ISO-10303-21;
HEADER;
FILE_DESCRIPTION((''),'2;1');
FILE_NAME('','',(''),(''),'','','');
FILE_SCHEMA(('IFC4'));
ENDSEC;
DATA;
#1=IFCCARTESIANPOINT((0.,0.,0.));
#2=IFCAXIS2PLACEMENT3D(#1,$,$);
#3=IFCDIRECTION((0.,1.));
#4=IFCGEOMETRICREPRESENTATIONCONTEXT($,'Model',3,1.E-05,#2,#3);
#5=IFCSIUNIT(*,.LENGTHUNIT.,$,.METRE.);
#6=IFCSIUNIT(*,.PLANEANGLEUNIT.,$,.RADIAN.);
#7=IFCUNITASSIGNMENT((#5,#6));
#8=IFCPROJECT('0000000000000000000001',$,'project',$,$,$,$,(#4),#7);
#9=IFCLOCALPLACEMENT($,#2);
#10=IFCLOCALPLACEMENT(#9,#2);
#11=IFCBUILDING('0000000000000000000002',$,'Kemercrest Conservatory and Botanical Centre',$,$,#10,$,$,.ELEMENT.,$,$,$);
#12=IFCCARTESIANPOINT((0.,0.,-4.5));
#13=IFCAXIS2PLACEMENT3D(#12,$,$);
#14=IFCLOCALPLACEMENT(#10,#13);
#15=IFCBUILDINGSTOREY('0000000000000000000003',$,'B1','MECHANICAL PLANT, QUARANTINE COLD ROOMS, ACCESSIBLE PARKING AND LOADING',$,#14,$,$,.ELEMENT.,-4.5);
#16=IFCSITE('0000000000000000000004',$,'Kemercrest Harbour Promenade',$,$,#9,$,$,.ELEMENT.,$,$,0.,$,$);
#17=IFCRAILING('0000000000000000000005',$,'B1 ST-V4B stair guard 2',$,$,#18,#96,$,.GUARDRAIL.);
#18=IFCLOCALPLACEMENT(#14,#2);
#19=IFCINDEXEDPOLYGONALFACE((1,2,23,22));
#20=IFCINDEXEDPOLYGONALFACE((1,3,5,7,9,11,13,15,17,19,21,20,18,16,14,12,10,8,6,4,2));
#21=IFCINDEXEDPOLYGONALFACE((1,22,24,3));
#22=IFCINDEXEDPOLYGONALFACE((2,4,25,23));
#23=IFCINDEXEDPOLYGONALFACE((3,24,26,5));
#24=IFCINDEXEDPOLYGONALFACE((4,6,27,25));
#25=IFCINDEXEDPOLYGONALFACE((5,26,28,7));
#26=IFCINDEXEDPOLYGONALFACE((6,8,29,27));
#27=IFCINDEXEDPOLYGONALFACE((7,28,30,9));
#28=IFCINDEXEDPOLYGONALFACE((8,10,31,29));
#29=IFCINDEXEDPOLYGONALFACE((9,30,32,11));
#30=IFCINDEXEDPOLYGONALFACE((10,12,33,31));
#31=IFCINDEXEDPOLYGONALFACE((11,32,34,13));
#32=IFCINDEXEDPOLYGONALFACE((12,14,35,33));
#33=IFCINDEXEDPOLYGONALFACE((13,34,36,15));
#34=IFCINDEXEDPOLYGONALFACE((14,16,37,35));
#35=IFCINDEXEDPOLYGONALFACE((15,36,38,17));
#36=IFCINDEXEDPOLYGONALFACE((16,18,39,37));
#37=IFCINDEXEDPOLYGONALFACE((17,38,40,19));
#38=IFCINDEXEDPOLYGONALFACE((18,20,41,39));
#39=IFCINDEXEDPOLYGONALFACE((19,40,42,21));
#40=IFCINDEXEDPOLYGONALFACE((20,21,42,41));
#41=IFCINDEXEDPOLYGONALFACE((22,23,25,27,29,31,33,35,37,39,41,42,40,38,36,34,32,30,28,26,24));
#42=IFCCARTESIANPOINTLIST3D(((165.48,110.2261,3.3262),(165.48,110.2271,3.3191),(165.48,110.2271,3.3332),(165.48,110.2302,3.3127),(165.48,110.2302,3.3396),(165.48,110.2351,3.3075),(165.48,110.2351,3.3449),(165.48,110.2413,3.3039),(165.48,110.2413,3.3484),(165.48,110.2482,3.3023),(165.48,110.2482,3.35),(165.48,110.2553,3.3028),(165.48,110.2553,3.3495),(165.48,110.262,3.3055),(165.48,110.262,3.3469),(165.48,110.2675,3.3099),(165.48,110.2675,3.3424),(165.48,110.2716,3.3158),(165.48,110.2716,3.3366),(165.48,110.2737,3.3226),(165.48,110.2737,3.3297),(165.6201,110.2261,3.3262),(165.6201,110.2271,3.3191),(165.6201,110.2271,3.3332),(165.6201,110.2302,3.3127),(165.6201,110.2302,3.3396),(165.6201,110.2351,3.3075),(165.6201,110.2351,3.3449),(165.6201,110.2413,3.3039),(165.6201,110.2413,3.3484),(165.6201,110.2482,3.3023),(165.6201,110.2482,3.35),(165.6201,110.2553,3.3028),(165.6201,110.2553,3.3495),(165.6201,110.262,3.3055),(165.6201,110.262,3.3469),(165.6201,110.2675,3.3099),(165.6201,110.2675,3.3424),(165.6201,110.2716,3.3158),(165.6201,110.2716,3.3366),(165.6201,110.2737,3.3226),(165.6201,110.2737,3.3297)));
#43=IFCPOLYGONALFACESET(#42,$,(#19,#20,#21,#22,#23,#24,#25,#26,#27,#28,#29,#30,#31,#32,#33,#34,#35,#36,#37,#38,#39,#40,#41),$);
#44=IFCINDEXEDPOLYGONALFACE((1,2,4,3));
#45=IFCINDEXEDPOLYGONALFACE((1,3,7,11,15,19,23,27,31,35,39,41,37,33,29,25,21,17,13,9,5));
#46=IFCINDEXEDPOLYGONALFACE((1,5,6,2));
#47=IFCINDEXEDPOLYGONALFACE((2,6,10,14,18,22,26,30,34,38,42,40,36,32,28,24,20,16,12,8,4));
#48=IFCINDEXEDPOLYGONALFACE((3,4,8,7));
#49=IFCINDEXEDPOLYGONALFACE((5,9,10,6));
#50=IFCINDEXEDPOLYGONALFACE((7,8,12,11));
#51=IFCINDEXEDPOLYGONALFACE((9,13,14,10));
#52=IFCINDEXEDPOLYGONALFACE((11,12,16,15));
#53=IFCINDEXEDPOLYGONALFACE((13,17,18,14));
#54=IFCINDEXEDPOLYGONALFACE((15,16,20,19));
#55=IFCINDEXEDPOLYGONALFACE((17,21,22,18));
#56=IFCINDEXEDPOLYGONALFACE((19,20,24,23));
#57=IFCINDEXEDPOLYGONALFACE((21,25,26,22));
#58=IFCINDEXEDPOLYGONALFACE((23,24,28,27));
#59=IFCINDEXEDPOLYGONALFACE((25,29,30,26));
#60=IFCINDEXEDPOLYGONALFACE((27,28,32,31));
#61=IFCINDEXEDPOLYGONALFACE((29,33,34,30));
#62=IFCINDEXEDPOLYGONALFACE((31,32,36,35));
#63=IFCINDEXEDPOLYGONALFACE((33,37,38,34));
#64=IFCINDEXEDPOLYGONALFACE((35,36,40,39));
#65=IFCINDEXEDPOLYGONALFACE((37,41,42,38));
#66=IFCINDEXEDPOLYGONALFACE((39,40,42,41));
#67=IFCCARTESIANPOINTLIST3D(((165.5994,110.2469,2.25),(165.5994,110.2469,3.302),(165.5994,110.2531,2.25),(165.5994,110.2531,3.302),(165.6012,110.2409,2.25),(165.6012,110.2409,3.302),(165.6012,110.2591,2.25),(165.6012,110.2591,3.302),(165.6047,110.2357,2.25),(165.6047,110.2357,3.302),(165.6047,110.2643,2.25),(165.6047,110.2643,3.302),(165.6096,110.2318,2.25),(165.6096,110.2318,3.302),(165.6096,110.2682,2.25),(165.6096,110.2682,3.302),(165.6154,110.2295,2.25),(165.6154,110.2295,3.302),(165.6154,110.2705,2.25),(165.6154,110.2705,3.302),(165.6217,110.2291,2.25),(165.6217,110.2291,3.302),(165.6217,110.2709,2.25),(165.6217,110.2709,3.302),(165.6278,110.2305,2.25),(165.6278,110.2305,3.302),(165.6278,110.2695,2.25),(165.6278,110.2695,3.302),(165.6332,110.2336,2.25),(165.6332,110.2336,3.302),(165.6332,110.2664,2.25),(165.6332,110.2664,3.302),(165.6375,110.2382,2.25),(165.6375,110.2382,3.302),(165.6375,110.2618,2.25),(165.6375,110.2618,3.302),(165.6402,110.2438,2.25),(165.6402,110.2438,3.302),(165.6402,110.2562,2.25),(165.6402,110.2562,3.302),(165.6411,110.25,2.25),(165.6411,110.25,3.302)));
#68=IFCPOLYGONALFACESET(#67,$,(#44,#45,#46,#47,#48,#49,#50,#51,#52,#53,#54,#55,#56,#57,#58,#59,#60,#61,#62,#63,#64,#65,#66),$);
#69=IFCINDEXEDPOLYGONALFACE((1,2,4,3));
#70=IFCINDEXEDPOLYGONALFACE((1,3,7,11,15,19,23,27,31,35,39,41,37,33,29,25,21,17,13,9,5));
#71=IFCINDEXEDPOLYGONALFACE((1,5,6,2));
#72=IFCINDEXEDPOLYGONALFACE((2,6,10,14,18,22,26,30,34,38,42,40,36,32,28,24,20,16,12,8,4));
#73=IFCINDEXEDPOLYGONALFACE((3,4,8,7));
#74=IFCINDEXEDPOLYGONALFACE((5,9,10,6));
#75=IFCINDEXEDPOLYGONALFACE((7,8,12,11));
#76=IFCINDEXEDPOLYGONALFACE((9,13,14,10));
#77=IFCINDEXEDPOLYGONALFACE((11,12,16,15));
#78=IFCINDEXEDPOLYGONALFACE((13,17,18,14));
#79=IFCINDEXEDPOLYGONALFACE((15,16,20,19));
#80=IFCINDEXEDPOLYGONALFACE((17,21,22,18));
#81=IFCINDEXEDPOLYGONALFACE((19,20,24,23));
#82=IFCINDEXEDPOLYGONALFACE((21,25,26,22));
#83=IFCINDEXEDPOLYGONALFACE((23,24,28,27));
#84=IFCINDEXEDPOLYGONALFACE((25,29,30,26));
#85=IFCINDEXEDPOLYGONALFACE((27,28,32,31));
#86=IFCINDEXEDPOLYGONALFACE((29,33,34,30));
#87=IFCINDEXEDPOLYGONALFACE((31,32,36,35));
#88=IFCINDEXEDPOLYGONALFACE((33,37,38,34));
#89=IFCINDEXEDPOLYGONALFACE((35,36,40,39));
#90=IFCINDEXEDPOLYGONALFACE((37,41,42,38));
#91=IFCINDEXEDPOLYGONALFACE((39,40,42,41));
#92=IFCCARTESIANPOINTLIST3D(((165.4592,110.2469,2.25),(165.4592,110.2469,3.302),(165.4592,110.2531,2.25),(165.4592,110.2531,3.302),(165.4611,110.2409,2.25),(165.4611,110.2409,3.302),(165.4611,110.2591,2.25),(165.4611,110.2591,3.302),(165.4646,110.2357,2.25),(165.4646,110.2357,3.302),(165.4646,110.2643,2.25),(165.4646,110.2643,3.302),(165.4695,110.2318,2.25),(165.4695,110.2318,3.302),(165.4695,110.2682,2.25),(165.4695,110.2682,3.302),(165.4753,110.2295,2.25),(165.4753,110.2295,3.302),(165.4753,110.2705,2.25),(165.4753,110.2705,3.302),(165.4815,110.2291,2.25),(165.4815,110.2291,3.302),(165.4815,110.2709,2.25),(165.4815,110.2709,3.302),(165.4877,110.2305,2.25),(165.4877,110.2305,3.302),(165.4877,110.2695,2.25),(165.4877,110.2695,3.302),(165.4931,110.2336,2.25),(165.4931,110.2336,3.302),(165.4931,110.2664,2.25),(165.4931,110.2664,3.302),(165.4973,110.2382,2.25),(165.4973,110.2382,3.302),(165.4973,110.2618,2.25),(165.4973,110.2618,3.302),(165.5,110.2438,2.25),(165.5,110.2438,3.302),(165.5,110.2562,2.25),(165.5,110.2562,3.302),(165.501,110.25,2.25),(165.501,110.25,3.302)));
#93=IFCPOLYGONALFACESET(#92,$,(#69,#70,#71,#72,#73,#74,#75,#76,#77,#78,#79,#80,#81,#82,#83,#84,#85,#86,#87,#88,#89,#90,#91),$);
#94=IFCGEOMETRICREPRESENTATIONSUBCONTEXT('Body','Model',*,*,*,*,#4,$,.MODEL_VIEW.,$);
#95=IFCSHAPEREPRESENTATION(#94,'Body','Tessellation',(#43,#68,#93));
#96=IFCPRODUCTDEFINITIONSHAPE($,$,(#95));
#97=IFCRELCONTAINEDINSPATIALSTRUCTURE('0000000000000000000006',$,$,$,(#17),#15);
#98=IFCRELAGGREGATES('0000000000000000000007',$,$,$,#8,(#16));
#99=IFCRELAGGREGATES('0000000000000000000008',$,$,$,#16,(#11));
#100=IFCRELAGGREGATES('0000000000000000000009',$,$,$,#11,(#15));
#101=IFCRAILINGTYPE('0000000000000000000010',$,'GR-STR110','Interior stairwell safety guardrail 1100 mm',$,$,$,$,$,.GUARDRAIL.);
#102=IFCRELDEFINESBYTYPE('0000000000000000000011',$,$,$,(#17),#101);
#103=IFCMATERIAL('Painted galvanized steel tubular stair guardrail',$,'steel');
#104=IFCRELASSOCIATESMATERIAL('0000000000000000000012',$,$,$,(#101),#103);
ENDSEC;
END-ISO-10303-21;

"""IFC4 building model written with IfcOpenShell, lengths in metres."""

from ifc_helpers import new_model, si_unit, direction, frame, origin, origin_2d, place, context, subcontext, project, spatial, circle, extrude, material, type_object, element, save


model = new_model("IFC4")

# Units and contexts
model_context = context("Model", 3, precision=1e-05, world=origin(), true_north=direction((0.0, 1.0)))
body_context = subcontext(model_context, "Body", "Model", "MODEL_VIEW")
ifc_project = project(units=[si_unit("LENGTHUNIT", "METRE"), si_unit("PLANEANGLEUNIT", "RADIAN")], contexts=[model_context])

# Site, building, storey
site_placement = place(None, origin())
site = spatial("IfcSite", under=ifc_project, at=site_placement, Name="Kemercrest Harbour Promenade", CompositionType="ELEMENT", RefElevation=0.0)
building_placement = place(site_placement, origin())
building = spatial("IfcBuilding", under=site, at=building_placement, Name="Kemercrest Conservatory and Botanical Centre", CompositionType="ELEMENT")
storey_placement = place(building_placement, frame((0.0, 0.0, -4.5)))
storey = spatial("IfcBuildingStorey", under=building, at=storey_placement, Name="B1", Description="MECHANICAL PLANT, QUARANTINE COLD ROOMS, ACCESSIBLE PARKING AND LOADING", CompositionType="ELEMENT", Elevation=-4.5)

# Railing
ifc_material_1 = material(Name="Painted galvanized steel tubular stair guardrail", Category="steel")
railing_type_1 = type_object("IfcRailingType", Name="GR-STR110", Description="Interior stairwell safety guardrail 1100 mm", PredefinedType="GUARDRAIL", material=ifc_material_1)
railing_1_placement = place(storey_placement, frame((165.6201, 110.25, 2.25)))
element("IfcRailing", 1, at=railing_1_placement, inside=storey, type_object=railing_type_1, Name="B1 ST-V4B stair guard 2", PredefinedType="GUARDRAIL", context=body_context, shape_type="SweptSolid", body=[
    extrude(circle(Radius=0.0239, at=origin_2d()), frame((0.0, 0.0, 1.0762), z_axis=(-1.0, 0.0, 0.0), x_axis=(0.0, -1.0, 0.0)), (0.0, 0.0, 1.0), 0.1401),
    extrude(circle(Radius=0.021, at=origin_2d()), origin(), (0.0, 0.0, 1.0), 1.052),
    extrude(circle(Radius=0.021, at=origin_2d()), frame((-0.1401, 0.0, 0.0)), (0.0, 0.0, 1.0), 1.052),
])

save(model, "model.ifc")
